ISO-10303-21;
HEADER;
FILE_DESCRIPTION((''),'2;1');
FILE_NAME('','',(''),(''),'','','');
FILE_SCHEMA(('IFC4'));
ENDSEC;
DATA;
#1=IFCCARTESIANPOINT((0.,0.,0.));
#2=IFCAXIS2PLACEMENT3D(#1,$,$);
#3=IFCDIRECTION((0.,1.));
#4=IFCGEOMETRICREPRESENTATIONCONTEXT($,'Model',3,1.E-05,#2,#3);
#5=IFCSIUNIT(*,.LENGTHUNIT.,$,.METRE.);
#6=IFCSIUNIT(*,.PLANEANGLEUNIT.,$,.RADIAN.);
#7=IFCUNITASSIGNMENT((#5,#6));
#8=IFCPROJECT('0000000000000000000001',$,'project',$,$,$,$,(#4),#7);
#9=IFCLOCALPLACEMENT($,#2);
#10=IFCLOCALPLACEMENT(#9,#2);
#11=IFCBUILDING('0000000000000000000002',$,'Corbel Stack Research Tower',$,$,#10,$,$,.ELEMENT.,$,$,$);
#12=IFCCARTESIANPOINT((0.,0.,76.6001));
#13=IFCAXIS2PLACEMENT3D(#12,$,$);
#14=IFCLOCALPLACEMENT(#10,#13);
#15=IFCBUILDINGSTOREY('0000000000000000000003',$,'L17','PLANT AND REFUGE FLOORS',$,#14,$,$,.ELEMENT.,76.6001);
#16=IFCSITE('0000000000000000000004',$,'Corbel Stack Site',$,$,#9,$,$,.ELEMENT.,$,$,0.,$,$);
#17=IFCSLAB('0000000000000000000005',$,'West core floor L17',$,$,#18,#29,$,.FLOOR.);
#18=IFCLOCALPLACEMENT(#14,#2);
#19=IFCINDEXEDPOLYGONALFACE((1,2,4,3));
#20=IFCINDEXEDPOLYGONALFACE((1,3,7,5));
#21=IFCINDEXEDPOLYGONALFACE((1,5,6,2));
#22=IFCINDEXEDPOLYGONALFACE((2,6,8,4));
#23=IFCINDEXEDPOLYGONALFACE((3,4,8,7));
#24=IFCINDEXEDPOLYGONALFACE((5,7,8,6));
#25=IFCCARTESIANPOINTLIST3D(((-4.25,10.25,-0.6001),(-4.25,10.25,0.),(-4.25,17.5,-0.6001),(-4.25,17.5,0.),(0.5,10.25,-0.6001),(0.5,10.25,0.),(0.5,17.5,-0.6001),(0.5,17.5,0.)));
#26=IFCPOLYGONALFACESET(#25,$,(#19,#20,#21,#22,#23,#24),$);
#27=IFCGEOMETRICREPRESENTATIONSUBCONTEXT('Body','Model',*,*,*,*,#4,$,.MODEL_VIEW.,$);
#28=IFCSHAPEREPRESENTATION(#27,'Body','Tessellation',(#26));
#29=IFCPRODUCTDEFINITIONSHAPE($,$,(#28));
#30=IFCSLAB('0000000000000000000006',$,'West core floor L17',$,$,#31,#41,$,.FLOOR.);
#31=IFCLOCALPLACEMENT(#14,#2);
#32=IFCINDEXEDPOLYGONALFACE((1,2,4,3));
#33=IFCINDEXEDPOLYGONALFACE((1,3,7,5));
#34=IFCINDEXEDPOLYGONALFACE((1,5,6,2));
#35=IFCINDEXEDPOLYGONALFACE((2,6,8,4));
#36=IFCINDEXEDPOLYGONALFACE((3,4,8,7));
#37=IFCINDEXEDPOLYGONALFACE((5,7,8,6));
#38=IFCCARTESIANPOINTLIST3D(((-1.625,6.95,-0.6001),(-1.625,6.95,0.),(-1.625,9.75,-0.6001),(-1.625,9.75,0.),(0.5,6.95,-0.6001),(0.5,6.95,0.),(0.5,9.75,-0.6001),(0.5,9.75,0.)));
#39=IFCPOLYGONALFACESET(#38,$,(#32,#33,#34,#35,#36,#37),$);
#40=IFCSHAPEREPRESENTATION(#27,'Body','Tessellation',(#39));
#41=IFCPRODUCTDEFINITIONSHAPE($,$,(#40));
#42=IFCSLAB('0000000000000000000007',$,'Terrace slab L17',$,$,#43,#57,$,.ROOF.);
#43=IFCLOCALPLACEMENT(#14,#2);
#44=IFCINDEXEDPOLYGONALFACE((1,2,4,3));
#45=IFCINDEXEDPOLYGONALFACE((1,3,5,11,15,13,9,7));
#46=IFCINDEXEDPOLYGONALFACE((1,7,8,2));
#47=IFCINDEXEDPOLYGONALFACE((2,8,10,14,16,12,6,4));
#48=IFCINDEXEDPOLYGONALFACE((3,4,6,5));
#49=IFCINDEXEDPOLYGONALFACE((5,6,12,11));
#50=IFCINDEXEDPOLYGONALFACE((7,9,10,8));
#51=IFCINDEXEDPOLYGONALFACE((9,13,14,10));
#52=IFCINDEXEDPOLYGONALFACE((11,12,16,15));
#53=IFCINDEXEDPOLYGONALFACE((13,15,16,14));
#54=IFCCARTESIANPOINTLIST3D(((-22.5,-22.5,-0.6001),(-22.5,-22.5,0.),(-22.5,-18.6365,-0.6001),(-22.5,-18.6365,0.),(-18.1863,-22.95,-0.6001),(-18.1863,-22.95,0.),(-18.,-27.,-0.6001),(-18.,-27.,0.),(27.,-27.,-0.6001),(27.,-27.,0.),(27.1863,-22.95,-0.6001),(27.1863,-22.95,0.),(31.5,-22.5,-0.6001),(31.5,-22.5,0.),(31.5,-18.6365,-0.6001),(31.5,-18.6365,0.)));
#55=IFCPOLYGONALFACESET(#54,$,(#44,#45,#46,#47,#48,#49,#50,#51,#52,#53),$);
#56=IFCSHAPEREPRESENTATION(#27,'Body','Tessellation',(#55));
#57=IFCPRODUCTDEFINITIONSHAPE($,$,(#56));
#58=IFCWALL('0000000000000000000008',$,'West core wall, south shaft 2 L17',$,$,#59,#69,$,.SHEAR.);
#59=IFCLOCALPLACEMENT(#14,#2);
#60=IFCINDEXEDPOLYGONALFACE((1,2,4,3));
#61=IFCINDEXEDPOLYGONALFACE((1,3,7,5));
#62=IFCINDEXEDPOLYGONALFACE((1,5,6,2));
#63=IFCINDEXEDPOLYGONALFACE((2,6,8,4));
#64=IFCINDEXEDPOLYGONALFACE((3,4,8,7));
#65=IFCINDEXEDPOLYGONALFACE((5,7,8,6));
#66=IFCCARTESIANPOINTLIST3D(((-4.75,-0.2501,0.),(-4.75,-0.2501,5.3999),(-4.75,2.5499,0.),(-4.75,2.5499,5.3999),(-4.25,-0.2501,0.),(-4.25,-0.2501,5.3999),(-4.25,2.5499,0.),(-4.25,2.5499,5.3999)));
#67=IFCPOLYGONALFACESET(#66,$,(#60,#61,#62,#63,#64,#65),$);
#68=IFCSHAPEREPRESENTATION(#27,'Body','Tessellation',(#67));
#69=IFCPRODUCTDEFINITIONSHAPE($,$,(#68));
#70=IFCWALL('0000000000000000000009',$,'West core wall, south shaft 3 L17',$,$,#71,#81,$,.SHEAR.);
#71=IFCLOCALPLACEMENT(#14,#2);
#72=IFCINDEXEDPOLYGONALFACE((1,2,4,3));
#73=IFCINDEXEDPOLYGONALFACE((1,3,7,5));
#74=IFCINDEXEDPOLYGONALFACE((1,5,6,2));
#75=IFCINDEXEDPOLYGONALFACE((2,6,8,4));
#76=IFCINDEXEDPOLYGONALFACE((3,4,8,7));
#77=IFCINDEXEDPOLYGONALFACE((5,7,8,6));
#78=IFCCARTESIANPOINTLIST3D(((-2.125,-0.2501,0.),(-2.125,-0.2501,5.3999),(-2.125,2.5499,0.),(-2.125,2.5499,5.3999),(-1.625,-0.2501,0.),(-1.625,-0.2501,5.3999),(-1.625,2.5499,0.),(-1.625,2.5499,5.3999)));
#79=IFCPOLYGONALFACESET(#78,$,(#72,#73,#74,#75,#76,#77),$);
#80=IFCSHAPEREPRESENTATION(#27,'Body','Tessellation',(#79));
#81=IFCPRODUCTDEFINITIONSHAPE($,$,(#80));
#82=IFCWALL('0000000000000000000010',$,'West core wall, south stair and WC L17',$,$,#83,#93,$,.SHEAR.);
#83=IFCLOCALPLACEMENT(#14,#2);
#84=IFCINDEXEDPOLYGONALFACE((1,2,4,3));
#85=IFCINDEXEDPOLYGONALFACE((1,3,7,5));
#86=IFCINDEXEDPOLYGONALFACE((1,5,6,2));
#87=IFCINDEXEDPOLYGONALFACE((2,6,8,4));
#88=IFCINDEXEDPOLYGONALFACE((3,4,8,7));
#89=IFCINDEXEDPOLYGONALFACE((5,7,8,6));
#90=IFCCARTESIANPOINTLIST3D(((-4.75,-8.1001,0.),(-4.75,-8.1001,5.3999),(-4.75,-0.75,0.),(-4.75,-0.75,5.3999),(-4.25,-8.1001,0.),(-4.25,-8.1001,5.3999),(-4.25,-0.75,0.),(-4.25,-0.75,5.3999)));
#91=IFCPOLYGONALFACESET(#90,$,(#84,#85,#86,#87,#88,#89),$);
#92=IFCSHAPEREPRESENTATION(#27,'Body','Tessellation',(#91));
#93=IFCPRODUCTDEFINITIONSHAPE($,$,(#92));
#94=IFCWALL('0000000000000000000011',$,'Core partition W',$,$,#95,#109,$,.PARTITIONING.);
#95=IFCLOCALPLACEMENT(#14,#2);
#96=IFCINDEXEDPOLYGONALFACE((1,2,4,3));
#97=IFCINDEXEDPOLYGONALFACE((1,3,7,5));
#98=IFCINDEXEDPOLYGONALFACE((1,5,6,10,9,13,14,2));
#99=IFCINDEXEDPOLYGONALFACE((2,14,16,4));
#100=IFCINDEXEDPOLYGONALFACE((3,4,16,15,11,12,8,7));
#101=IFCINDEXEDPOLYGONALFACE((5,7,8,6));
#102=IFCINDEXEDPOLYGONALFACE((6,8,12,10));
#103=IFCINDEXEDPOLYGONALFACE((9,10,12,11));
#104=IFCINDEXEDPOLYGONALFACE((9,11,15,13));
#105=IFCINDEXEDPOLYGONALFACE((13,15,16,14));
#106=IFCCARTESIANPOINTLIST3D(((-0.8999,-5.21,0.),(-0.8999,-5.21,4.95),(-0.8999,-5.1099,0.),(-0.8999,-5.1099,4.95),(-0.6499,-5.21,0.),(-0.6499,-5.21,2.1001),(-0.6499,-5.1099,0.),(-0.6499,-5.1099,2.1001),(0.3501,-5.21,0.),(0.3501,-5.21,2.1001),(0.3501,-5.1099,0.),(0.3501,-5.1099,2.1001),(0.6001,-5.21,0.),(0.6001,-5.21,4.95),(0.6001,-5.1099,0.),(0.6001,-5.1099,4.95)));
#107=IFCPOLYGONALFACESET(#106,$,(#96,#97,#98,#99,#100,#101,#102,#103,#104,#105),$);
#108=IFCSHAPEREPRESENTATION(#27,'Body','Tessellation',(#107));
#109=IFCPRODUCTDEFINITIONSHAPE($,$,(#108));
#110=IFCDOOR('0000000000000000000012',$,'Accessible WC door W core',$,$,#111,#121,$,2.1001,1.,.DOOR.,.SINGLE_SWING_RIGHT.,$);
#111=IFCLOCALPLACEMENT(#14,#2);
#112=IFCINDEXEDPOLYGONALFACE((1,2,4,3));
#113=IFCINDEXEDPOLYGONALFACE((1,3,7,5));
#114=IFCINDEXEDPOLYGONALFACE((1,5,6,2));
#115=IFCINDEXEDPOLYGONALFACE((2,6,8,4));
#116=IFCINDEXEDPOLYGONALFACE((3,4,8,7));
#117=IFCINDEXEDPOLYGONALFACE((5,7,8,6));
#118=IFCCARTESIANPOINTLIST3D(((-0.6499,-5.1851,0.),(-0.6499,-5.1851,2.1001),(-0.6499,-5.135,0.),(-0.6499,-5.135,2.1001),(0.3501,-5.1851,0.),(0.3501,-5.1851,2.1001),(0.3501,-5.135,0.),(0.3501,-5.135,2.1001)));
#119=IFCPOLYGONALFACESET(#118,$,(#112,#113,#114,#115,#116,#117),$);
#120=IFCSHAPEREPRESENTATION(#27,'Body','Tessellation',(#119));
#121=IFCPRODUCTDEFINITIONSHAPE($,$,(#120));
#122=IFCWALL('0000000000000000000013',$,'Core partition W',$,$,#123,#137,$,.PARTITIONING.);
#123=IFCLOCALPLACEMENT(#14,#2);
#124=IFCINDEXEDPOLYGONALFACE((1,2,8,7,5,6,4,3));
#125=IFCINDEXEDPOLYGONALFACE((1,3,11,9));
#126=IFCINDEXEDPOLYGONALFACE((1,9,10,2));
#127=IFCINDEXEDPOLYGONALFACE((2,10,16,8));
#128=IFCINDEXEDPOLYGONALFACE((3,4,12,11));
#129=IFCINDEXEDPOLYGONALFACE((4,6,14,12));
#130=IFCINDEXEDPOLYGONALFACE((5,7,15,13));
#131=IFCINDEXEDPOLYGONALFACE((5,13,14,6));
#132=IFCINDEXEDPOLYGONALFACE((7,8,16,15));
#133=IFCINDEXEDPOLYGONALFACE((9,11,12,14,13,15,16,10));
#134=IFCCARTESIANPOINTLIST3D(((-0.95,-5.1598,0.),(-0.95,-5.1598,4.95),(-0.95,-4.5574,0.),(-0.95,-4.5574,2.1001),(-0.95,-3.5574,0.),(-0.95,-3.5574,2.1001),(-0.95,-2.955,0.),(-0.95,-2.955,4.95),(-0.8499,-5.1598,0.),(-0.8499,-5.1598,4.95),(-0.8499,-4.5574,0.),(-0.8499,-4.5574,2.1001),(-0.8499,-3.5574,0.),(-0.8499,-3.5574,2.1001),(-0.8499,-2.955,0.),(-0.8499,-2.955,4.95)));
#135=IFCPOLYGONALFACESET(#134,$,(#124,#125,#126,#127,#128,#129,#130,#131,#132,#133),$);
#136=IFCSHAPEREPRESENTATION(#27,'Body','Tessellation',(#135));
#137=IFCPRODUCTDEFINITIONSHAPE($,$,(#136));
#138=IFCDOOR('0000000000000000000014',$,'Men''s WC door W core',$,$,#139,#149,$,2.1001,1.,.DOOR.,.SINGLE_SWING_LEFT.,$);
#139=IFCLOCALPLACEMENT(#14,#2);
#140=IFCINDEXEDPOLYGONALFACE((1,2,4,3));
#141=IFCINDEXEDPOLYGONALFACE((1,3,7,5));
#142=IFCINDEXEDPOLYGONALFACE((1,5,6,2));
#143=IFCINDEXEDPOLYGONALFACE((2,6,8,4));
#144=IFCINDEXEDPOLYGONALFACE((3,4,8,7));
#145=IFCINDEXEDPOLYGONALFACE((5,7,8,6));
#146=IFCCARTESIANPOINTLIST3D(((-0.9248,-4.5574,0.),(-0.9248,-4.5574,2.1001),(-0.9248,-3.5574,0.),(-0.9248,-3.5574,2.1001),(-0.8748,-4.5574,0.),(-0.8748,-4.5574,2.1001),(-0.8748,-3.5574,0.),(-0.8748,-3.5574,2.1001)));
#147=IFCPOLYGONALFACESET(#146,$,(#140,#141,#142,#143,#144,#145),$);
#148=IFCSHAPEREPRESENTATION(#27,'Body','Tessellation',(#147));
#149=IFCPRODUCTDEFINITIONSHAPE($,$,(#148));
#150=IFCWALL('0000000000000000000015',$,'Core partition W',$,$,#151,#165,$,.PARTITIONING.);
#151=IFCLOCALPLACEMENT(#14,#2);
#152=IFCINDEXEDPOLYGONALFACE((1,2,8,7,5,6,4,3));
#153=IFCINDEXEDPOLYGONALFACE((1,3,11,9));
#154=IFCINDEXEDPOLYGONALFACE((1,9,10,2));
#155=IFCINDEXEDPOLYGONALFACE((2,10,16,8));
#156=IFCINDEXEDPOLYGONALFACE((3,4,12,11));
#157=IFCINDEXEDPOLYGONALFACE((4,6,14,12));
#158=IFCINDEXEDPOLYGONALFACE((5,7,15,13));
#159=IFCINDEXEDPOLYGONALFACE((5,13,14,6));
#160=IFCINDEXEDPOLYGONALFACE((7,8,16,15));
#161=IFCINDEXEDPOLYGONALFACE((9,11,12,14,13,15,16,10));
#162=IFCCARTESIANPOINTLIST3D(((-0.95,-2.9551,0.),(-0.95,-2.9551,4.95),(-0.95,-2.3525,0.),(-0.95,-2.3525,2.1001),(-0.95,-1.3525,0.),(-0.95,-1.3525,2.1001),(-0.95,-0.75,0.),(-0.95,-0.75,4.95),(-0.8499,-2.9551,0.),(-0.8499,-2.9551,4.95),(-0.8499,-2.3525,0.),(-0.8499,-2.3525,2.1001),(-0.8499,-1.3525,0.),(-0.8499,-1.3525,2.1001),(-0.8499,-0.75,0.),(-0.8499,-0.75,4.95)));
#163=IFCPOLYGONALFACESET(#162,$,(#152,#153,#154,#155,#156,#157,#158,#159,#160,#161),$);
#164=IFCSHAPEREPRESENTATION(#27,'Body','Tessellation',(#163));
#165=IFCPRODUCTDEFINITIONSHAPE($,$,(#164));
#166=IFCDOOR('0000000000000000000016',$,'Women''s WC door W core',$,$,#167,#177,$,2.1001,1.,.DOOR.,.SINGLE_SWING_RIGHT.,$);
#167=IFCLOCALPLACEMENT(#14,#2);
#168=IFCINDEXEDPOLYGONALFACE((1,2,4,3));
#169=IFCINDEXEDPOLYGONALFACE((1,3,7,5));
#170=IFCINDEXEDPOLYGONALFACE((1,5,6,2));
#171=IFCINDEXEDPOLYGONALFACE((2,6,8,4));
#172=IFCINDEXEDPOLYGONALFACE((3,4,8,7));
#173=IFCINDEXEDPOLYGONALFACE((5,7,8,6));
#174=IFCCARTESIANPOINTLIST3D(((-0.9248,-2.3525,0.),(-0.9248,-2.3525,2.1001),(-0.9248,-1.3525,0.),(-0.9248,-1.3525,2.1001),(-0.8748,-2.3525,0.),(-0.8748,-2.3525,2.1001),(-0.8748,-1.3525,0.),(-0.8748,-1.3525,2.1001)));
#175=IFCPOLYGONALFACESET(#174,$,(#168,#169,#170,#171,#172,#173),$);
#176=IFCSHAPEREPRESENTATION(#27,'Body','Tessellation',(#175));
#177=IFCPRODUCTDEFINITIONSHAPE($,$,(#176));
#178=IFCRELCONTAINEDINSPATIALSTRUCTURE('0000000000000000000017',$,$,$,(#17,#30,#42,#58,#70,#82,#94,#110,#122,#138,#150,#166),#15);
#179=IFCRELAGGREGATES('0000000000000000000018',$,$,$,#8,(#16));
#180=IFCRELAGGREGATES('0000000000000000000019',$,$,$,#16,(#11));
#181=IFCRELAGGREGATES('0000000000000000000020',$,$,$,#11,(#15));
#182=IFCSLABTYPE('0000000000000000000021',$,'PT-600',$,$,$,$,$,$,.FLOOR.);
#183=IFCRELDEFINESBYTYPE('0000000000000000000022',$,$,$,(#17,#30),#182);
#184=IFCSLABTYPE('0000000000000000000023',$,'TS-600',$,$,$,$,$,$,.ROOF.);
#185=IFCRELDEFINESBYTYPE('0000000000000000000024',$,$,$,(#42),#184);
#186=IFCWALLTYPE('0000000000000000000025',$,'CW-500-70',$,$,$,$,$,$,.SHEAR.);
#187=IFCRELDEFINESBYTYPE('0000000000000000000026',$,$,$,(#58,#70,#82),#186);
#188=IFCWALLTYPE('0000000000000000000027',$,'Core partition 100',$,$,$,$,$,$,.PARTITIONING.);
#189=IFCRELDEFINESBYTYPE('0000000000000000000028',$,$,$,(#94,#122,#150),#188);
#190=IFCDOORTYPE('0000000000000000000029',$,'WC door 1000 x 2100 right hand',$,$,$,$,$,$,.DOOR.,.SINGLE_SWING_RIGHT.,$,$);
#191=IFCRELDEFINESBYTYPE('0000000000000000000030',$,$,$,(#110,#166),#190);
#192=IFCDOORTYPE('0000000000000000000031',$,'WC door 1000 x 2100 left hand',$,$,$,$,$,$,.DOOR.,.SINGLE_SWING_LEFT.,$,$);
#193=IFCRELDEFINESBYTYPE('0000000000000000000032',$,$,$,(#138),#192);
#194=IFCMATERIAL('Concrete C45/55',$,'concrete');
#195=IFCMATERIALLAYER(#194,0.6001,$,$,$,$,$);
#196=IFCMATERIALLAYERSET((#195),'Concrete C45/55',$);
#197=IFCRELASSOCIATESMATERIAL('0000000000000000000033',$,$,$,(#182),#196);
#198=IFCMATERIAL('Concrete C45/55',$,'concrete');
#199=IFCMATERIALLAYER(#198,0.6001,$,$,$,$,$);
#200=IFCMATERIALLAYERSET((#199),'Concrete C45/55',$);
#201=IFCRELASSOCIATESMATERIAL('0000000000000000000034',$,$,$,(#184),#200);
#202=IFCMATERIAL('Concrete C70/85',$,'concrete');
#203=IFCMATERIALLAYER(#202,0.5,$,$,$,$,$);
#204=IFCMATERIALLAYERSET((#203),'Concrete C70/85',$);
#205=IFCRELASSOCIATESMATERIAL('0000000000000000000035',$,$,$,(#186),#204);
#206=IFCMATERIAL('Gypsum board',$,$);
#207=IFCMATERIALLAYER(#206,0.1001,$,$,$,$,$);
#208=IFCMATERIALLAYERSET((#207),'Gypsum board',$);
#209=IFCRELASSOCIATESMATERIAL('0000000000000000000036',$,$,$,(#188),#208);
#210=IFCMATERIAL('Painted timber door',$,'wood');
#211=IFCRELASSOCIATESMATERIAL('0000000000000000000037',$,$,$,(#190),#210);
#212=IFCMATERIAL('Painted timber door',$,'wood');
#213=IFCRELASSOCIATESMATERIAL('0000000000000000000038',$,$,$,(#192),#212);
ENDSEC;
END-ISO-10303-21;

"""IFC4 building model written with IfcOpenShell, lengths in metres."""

from ifc_helpers import new_model, si_unit, direction, frame, frame_2d, origin, place, context, subcontext, project, spatial, polyline, rectangle, outline, extrude, material, layer, layer_set, type_object, element, fill, save


model = new_model("IFC4")

# Units and contexts
model_context = context("Model", 3, precision=1e-05, world=origin(), true_north=direction((0.0, 1.0)))
body_context = subcontext(model_context, "Body", "Model", "MODEL_VIEW")
ifc_project = project(units=[si_unit("LENGTHUNIT", "METRE"), si_unit("PLANEANGLEUNIT", "RADIAN")], contexts=[model_context])

# Site, building, storey
site_placement = place(None, origin())
site = spatial("IfcSite", under=ifc_project, at=site_placement, Name="Corbel Stack Site", CompositionType="ELEMENT", RefElevation=0.0)
building_placement = place(site_placement, origin())
building = spatial("IfcBuilding", under=site, at=building_placement, Name="Corbel Stack Research Tower", CompositionType="ELEMENT")
storey_placement = place(building_placement, frame((0.0, 0.0, 76.6001)))
storey = spatial("IfcBuildingStorey", under=building, at=storey_placement, Name="L17", Description="PLANT AND REFUGE FLOORS", CompositionType="ELEMENT", Elevation=76.6001)

# Slabs
ifc_material_1 = material(Name="Concrete C45/55", Category="concrete")
ifc_layer_1 = layer(ifc_material_1, 0.6001)
ifc_layer_set_1 = layer_set([ifc_layer_1], Name="Concrete C45/55")
slab_type_1 = type_object("IfcSlabType", Name="PT-600", PredefinedType="FLOOR", material=ifc_layer_set_1)
slab_1_placement = place(storey_placement, frame((0.0, 0.0, -0.6001)))
element("IfcSlab", 1, at=slab_1_placement, inside=storey, type_object=slab_type_1, Name="West core floor L17", PredefinedType="FLOOR", context=body_context, shape_type="SweptSolid", body=[
    extrude(outline(polyline([(-4.25, 17.5), (-4.25, 10.25), (0.5, 10.25), (0.5, 17.5), (-4.25, 17.5)])), origin(), (0.0, 0.0, 1.0), 0.6001),
])
slab_2_placement = place(storey_placement, frame((0.0, 0.0, -0.6001)))
element("IfcSlab", 2, at=slab_2_placement, inside=storey, type_object=slab_type_1, Name="West core floor L17", PredefinedType="FLOOR", context=body_context, shape_type="SweptSolid", body=[
    extrude(outline(polyline([(0.5, 6.95), (0.5, 9.75), (-1.625, 9.75), (-1.625, 6.95), (0.5, 6.95)])), origin(), (0.0, 0.0, 1.0), 0.6001),
])
ifc_material_2 = material(Name="Concrete C45/55", Category="concrete")
ifc_layer_2 = layer(ifc_material_2, 0.6001)
ifc_layer_set_2 = layer_set([ifc_layer_2], Name="Concrete C45/55")
slab_type_2 = type_object("IfcSlabType", Name="TS-600", PredefinedType="ROOF", material=ifc_layer_set_2)
slab_3_placement = place(storey_placement, frame((0.0, 0.0, -0.6001)))
element("IfcSlab", 3, at=slab_3_placement, inside=storey, type_object=slab_type_2, Name="Terrace slab L17", PredefinedType="ROOF", context=body_context, shape_type="SweptSolid", body=[
    extrude(outline(polyline([(31.5, -18.6365), (27.1863, -22.95), (-18.1863, -22.95), (-22.5, -18.6365), (-22.5, -22.5), (-18.0, -27.0), (27.0, -27.0), (31.5, -22.5), (31.5, -18.6365)])), origin(), (0.0, 0.0, 1.0), 0.6001),
])

# Walls
ifc_material_3 = material(Name="Concrete C70/85", Category="concrete")
ifc_layer_3 = layer(ifc_material_3, 0.5)
ifc_layer_set_3 = layer_set([ifc_layer_3], Name="Concrete C70/85")
wall_type_1 = type_object("IfcWallType", Name="CW-500-70", PredefinedType="SHEAR", material=ifc_layer_set_3)
for number, where, z_axis, x_axis, name in (
    (4, (-4.5, -0.25, 0.0), (0.0, 0.0, 1.0), (0.0, 1.0, 0.0), "West core wall, south shaft 2 L17"),
    (5, (-1.875, -0.25, 0.0), (0.0, 0.0, 1.0), (0.0, 1.0, 0.0), "West core wall, south shaft 3 L17"),
):
    element("IfcWall", number, at=place(storey_placement, frame(where, z_axis=z_axis, x_axis=x_axis)), inside=storey, type_object=wall_type_1, Name=name, PredefinedType="SHEAR", context=body_context, shape_type="SweptSolid", body=[
        extrude(rectangle(XDim=2.8, YDim=0.5, at=frame_2d((1.3999, 0.0))), origin(), (0.0, 0.0, 1.0), 5.3999),
    ])
wall_1_placement = place(storey_placement, frame((-4.5, -8.1001, 0.0), z_axis=(0.0, 0.0, 1.0), x_axis=(0.0, 1.0, 0.0)))
element("IfcWall", 6, at=wall_1_placement, inside=storey, type_object=wall_type_1, Name="West core wall, south stair and WC L17", PredefinedType="SHEAR", context=body_context, shape_type="SweptSolid", body=[
    extrude(rectangle(XDim=7.3501, YDim=0.5, at=frame_2d((3.675, 0.0))), origin(), (0.0, 0.0, 1.0), 5.3999),
])

# Walls, openings, doors
ifc_material_4 = material(Name="Gypsum board")
ifc_layer_4 = layer(ifc_material_4, 0.1001)
ifc_layer_set_4 = layer_set([ifc_layer_4], Name="Gypsum board")
wall_type_2 = type_object("IfcWallType", Name="Core partition 100", PredefinedType="PARTITIONING", material=ifc_layer_set_4)
wall_2_placement = place(storey_placement, frame((-0.8999, -5.1599, 0.0), z_axis=(0.0, 0.0, 1.0), x_axis=(1.0, 0.0, 0.0)))
wall_2 = element("IfcWall", 7, at=wall_2_placement, inside=storey, type_object=wall_type_2, Name="Core partition W", PredefinedType="PARTITIONING", context=body_context, shape_type="SweptSolid", body=[
    extrude(rectangle(XDim=1.5, YDim=0.1001, at=frame_2d((0.75, 0.0))), origin(), (0.0, 0.0, 1.0), 4.95),
])
opening_1_placement = place(wall_2_placement, frame((0.25, 0.0, 0.0)))
opening_1 = element("IfcOpeningElement", 8, at=opening_1_placement, cuts=wall_2, PredefinedType="OPENING", context=body_context, shape_type="SweptSolid", body=[
    extrude(rectangle(XDim=1.0, YDim=2.1001, at=frame_2d((0.5, 1.05))), frame((0.0, 0.0601, 0.0), z_axis=(0.0, -1.0, 0.0), x_axis=(1.0, 0.0, 0.0)), (0.0, 0.0, 1.0), 0.1201),
])
ifc_material_5 = material(Name="Painted timber door", Category="wood")
door_type_1 = type_object("IfcDoorType", Name="WC door 1000 x 2100 right hand", OperationType="SINGLE_SWING_RIGHT", PredefinedType="DOOR", material=ifc_material_5)
door_1_placement = place(opening_1_placement, origin())
door_1 = element("IfcDoor", 9, at=door_1_placement, inside=storey, type_object=door_type_1, Name="Accessible WC door W core", OperationType="SINGLE_SWING_RIGHT", OverallHeight=2.1001, OverallWidth=1.0, PredefinedType="DOOR", context=body_context, shape_type="SweptSolid", body=[
    extrude(rectangle(XDim=1.0, YDim=2.1001, at=frame_2d((0.5, 1.05))), frame((0.0, 0.0249, 0.0), z_axis=(0.0, -1.0, 0.0), x_axis=(1.0, 0.0, 0.0)), (0.0, 0.0, 1.0), 0.05),
])
fill(opening_1, door_1)
wall_3_placement = place(storey_placement, frame((-0.8999, -5.1599, 0.0), z_axis=(0.0, 0.0, 1.0), x_axis=(0.0, 1.0, 0.0)))
wall_3 = element("IfcWall", 10, at=wall_3_placement, inside=storey, type_object=wall_type_2, Name="Core partition W", PredefinedType="PARTITIONING", context=body_context, shape_type="SweptSolid", body=[
    extrude(rectangle(XDim=2.2048, YDim=0.1001, at=frame_2d((1.1025, 0.0))), origin(), (0.0, 0.0, 1.0), 4.95),
])
opening_2_placement = place(wall_3_placement, frame((0.6025, 0.0, 0.0)))
opening_2 = element("IfcOpeningElement", 11, at=opening_2_placement, cuts=wall_3, PredefinedType="OPENING", context=body_context, shape_type="SweptSolid", body=[
    extrude(rectangle(XDim=1.0, YDim=2.1001, at=frame_2d((0.5, 1.05))), frame((0.0, 0.0601, 0.0), z_axis=(0.0, -1.0, 0.0), x_axis=(1.0, 0.0, 0.0)), (0.0, 0.0, 1.0), 0.1201),
])
ifc_material_6 = material(Name="Painted timber door", Category="wood")
door_type_2 = type_object("IfcDoorType", Name="WC door 1000 x 2100 left hand", OperationType="SINGLE_SWING_LEFT", PredefinedType="DOOR", material=ifc_material_6)
door_2_placement = place(opening_2_placement, origin())
door_2 = element("IfcDoor", 12, at=door_2_placement, inside=storey, type_object=door_type_2, Name="Men's WC door W core", OperationType="SINGLE_SWING_LEFT", OverallHeight=2.1001, OverallWidth=1.0, PredefinedType="DOOR", context=body_context, shape_type="SweptSolid", body=[
    extrude(rectangle(XDim=1.0, YDim=2.1001, at=frame_2d((0.5, 1.05))), frame((0.0, 0.0249, 0.0), z_axis=(0.0, -1.0, 0.0), x_axis=(1.0, 0.0, 0.0)), (0.0, 0.0, 1.0), 0.05),
])
fill(opening_2, door_2)
wall_4_placement = place(storey_placement, frame((-0.8999, -2.9551, 0.0), z_axis=(0.0, 0.0, 1.0), x_axis=(0.0, 1.0, 0.0)))
wall_4 = element("IfcWall", 13, at=wall_4_placement, inside=storey, type_object=wall_type_2, Name="Core partition W", PredefinedType="PARTITIONING", context=body_context, shape_type="SweptSolid", body=[
    extrude(rectangle(XDim=2.2051, YDim=0.1001, at=frame_2d((1.1025, 0.0))), origin(), (0.0, 0.0, 1.0), 4.95),
])
opening_3_placement = place(wall_4_placement, frame((0.6025, 0.0, 0.0)))
opening_3 = element("IfcOpeningElement", 14, at=opening_3_placement, cuts=wall_4, PredefinedType="OPENING", context=body_context, shape_type="SweptSolid", body=[
    extrude(rectangle(XDim=1.0, YDim=2.1001, at=frame_2d((0.5, 1.05))), frame((0.0, 0.0601, 0.0), z_axis=(0.0, -1.0, 0.0), x_axis=(1.0, 0.0, 0.0)), (0.0, 0.0, 1.0), 0.1201),
])
door_3_placement = place(opening_3_placement, origin())
door_3 = element("IfcDoor", 15, at=door_3_placement, inside=storey, type_object=door_type_1, Name="Women's WC door W core", OperationType="SINGLE_SWING_RIGHT", OverallHeight=2.1001, OverallWidth=1.0, PredefinedType="DOOR", context=body_context, shape_type="SweptSolid", body=[
    extrude(rectangle(XDim=1.0, YDim=2.1001, at=frame_2d((0.5, 1.05))), frame((0.0, 0.0249, 0.0), z_axis=(0.0, -1.0, 0.0), x_axis=(1.0, 0.0, 0.0)), (0.0, 0.0, 1.0), 0.05),
])
fill(opening_3, door_3)

save(model, "model.ifc")
